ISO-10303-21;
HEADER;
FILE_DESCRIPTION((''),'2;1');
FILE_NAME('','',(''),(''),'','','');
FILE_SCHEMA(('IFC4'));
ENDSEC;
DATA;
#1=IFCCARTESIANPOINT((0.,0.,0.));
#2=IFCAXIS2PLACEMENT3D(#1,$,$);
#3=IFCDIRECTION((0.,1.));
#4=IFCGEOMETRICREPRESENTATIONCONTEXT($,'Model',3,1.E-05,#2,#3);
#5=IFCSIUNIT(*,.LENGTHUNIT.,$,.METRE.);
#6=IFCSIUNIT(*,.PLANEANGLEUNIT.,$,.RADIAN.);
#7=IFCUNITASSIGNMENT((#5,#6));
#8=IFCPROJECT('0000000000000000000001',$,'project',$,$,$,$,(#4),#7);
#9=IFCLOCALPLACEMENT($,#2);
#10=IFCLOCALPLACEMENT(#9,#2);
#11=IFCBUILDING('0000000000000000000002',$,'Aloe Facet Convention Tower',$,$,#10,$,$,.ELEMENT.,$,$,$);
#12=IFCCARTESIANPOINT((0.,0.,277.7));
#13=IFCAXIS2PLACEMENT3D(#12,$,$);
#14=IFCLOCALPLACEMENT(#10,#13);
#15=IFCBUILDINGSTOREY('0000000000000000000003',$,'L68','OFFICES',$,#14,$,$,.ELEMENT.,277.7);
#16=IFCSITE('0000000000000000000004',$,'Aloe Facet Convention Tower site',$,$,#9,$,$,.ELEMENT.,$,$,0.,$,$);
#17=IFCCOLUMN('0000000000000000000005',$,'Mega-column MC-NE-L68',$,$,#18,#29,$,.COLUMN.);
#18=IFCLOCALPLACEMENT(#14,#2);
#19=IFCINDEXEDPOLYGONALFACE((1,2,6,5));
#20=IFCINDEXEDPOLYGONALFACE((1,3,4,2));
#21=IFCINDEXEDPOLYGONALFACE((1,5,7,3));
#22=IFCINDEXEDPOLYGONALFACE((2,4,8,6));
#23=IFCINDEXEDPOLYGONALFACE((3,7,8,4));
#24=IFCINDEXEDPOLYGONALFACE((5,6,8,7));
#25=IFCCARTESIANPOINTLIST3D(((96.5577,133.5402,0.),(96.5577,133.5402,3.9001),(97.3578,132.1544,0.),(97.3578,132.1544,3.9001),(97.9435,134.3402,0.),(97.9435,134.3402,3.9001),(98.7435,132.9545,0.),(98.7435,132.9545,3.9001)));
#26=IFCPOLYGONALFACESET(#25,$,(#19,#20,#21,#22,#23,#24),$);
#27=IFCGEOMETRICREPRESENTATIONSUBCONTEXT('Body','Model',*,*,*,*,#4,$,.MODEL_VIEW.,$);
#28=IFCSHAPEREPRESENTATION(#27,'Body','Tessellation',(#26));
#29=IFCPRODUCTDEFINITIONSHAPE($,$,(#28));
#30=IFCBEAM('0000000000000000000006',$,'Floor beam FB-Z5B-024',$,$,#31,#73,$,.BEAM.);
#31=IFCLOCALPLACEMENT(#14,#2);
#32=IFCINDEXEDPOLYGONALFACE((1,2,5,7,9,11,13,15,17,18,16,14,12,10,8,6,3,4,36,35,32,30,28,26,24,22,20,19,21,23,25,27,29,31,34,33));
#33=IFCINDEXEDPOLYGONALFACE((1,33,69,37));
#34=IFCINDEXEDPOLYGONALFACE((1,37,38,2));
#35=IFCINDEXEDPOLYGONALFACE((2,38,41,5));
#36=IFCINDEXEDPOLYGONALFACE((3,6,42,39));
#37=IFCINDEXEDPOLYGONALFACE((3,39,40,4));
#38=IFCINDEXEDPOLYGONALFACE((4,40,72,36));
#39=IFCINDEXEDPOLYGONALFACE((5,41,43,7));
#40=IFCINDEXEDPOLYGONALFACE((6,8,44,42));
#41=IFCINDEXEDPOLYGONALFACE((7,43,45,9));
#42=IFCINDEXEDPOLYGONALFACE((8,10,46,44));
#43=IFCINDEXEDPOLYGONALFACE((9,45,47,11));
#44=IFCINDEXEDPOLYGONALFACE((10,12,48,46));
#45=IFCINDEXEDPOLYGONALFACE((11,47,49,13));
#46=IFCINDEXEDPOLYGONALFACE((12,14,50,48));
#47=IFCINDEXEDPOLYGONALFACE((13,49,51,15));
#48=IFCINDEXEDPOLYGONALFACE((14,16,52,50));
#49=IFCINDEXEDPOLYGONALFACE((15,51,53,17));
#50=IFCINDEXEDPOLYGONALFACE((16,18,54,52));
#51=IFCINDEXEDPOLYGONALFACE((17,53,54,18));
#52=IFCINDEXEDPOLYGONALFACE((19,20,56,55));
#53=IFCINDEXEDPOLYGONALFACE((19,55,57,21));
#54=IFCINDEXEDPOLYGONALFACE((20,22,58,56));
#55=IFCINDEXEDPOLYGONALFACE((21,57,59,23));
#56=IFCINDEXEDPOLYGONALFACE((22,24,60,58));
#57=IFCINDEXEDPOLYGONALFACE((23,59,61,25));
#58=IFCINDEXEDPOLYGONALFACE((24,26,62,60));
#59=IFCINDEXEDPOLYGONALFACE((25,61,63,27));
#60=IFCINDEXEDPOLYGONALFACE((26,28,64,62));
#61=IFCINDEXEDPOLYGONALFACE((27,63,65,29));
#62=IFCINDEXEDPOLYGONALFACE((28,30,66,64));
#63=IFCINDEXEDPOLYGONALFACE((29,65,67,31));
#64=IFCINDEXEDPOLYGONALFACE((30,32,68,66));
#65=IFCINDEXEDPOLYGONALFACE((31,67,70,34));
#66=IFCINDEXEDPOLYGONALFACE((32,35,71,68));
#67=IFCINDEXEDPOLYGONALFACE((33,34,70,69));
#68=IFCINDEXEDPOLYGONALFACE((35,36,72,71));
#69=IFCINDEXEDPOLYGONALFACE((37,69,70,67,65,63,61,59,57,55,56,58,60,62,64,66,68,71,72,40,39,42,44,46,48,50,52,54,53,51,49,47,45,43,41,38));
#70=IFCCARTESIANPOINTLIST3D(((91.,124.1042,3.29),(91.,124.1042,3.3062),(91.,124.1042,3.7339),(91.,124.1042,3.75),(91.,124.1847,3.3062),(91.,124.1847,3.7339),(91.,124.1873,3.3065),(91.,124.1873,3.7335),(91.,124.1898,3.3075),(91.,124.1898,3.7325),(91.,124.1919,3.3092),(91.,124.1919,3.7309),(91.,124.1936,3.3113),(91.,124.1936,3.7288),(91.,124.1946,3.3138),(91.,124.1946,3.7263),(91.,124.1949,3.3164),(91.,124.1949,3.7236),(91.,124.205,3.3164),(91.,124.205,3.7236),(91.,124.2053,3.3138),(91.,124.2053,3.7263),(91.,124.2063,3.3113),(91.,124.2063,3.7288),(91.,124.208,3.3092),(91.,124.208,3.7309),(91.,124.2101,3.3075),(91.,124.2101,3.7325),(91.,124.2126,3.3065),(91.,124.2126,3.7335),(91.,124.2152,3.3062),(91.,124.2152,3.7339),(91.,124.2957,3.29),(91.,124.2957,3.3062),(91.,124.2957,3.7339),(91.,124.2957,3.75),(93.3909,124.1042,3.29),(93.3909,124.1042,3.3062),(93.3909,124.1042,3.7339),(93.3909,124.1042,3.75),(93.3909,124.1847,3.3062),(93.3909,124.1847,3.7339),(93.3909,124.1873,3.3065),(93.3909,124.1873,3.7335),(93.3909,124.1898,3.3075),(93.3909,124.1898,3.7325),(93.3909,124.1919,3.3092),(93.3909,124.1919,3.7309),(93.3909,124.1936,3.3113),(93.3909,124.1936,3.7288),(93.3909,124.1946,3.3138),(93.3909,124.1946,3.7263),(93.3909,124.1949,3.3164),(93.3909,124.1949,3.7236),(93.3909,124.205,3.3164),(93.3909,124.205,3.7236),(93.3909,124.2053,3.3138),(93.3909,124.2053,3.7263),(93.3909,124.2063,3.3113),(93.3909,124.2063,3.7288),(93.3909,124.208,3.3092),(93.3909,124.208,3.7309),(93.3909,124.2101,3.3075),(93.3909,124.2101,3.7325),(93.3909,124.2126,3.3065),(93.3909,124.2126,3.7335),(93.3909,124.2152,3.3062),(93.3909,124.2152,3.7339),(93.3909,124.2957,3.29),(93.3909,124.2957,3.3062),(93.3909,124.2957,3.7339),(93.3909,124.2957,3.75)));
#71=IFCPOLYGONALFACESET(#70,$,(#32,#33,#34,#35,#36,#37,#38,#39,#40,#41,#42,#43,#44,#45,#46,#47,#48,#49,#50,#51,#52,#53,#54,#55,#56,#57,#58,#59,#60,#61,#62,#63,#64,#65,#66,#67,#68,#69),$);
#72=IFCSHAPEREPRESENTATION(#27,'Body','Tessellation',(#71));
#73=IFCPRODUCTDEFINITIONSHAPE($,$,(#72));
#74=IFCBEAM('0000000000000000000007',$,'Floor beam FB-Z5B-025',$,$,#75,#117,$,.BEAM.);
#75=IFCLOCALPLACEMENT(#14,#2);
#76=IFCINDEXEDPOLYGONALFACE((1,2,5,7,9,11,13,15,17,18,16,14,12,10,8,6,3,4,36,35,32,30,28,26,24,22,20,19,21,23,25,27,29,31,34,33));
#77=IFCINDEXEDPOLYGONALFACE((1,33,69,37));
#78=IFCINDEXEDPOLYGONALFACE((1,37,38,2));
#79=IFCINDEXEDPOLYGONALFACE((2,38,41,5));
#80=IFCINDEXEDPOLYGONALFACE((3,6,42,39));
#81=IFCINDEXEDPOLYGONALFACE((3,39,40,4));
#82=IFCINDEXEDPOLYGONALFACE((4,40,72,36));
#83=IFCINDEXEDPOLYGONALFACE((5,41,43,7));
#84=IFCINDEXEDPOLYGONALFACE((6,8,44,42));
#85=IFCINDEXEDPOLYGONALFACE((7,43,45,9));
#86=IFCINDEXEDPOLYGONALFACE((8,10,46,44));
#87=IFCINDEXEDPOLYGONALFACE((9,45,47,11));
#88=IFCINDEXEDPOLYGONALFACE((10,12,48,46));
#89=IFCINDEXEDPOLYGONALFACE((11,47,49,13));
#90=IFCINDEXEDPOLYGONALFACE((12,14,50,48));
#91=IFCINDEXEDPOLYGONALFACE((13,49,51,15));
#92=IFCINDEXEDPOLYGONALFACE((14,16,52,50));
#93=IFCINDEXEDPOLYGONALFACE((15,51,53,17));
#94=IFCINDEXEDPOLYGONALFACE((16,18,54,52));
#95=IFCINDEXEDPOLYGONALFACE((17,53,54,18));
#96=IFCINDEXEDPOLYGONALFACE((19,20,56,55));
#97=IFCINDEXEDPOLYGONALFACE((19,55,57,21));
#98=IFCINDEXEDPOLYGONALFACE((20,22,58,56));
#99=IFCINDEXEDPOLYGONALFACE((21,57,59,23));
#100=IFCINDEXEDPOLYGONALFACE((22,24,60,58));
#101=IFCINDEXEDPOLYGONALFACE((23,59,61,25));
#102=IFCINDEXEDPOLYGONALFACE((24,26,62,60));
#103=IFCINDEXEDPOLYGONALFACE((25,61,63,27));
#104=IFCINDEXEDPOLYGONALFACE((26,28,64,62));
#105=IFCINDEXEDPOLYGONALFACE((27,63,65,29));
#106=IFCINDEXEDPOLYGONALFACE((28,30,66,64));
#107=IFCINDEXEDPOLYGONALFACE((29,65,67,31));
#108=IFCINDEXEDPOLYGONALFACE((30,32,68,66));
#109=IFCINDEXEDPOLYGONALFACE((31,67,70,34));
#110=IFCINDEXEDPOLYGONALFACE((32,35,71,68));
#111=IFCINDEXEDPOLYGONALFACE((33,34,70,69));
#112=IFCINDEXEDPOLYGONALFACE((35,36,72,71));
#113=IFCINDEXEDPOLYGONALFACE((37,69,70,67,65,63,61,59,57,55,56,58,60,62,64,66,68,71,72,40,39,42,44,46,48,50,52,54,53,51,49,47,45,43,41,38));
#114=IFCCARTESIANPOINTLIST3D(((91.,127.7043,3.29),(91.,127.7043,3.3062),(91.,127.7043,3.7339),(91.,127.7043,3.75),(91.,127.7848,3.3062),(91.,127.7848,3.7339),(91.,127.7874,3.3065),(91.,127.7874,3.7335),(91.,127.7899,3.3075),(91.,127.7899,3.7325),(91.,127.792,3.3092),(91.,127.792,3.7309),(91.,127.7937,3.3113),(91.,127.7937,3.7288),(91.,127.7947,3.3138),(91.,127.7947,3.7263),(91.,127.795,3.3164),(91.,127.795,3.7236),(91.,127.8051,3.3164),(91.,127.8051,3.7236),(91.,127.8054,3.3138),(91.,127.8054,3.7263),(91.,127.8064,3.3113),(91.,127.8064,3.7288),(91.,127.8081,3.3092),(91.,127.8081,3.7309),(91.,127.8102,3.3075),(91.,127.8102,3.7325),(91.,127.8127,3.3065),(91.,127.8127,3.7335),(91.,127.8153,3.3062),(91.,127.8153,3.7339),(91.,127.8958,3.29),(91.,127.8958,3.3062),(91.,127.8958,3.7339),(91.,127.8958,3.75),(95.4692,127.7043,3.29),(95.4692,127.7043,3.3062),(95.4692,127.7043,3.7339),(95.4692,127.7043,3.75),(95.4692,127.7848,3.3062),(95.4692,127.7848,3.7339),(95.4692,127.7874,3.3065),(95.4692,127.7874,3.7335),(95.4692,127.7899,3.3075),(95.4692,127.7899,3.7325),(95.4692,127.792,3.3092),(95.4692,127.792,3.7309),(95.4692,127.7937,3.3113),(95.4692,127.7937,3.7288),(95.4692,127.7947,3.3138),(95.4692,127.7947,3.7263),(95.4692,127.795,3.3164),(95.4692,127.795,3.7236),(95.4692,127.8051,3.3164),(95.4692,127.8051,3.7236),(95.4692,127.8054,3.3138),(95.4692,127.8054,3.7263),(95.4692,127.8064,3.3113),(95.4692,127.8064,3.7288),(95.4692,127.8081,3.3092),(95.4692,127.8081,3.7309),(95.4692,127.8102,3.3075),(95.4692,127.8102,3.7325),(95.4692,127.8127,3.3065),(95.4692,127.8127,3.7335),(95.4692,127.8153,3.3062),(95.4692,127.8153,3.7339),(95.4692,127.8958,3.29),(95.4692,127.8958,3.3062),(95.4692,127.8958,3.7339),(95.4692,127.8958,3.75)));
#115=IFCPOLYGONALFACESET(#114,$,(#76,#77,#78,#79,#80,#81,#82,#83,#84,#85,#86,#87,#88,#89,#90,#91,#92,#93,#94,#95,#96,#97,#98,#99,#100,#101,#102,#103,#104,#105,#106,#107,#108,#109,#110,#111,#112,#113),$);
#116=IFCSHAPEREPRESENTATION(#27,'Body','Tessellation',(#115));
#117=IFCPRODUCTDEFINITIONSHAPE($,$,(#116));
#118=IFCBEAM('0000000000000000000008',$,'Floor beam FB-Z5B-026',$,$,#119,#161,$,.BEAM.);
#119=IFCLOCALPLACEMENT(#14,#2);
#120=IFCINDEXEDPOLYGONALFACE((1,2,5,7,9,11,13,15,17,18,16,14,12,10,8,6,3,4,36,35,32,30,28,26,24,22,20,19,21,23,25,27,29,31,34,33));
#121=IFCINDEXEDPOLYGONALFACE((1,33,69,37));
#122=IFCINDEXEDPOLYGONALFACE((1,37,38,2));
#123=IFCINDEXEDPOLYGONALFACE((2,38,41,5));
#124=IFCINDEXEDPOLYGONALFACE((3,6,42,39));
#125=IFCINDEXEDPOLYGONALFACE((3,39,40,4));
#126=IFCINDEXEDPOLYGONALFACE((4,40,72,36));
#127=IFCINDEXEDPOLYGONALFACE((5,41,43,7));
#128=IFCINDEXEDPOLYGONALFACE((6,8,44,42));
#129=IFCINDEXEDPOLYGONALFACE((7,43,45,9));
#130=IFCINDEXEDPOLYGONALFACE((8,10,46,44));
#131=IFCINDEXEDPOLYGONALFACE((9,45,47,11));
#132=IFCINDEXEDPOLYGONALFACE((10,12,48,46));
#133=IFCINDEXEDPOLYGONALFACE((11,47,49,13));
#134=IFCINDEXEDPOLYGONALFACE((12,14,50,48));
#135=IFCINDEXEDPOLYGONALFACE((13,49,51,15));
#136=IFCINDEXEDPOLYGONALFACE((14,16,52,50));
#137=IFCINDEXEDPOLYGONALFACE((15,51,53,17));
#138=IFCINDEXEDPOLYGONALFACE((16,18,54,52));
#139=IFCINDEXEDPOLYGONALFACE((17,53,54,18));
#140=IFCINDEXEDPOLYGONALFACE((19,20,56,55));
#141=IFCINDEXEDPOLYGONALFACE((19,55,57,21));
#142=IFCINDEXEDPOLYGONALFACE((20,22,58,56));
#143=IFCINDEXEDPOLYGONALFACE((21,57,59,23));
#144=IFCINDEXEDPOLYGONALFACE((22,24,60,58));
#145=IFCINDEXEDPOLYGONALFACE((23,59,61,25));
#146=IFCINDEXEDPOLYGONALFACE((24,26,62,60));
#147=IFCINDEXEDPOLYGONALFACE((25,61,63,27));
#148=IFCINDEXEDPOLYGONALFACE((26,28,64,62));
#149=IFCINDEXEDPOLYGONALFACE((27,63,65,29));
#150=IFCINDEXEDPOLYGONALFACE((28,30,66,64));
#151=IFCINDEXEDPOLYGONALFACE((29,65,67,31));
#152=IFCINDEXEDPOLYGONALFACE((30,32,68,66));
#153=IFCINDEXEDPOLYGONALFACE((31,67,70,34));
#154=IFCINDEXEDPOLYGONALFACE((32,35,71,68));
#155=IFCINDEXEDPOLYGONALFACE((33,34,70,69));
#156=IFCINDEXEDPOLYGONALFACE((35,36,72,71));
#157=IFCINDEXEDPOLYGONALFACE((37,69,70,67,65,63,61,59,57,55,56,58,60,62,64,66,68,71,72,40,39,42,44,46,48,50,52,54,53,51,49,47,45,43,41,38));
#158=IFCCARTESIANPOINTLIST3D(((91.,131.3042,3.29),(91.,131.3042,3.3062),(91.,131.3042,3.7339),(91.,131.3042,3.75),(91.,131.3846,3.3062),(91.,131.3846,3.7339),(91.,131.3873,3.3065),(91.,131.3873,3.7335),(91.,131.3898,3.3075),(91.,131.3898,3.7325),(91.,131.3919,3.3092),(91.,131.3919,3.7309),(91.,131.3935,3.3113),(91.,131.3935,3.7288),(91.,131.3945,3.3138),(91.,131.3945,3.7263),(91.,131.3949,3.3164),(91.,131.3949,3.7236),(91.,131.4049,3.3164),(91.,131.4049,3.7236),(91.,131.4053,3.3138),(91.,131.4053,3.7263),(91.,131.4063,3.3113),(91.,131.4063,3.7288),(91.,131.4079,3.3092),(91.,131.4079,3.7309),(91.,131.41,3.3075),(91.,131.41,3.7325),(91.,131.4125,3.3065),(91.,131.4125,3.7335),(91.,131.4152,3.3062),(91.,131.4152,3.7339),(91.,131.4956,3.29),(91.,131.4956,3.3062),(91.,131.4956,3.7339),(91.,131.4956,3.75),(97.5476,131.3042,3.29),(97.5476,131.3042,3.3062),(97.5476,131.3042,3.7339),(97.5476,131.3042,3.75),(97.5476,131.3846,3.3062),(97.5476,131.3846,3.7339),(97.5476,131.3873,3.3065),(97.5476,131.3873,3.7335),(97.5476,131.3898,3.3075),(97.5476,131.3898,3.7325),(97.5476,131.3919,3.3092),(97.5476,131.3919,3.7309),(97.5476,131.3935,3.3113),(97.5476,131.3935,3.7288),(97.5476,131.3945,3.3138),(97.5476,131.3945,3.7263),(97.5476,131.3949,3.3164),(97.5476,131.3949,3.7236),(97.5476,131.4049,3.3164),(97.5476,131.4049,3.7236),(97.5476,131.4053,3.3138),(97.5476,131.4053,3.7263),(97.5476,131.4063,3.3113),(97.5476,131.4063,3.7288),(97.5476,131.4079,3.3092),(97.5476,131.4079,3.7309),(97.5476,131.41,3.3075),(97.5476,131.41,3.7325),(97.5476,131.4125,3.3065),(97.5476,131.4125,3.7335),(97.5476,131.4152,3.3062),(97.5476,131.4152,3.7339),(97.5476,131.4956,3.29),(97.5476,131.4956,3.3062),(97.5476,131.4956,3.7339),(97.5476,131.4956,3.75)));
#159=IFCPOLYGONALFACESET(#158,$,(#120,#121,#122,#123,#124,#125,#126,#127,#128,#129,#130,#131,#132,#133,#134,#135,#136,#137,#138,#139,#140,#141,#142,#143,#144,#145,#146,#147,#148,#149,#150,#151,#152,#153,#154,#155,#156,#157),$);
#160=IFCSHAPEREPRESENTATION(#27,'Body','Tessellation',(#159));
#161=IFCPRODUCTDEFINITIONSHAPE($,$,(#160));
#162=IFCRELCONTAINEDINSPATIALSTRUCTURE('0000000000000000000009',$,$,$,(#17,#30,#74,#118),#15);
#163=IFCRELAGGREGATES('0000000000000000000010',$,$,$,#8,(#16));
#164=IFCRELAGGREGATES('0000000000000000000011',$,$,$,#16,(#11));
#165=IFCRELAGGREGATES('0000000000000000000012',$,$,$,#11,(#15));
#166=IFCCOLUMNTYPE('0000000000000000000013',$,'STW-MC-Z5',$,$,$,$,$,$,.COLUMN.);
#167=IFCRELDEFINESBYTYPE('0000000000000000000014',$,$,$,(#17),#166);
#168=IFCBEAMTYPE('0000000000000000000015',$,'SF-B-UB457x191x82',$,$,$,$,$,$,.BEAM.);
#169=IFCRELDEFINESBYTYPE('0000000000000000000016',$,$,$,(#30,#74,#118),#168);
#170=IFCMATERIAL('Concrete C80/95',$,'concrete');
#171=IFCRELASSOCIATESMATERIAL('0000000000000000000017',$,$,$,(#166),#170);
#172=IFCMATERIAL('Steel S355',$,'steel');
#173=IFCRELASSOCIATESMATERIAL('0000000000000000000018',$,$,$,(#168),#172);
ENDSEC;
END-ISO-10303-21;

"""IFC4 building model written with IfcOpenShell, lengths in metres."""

from ifc_helpers import new_model, si_unit, direction, frame, origin, origin_2d, place, context, subcontext, project, spatial, rectangle, i_section, extrude, material, material_profile, profile_set, type_object, element, save


model = new_model("IFC4")

# Units and contexts
model_context = context("Model", 3, precision=1e-05, world=origin(), true_north=direction((0.0, 1.0)))
body_context = subcontext(model_context, "Body", "Model", "MODEL_VIEW")
ifc_project = project(units=[si_unit("LENGTHUNIT", "METRE"), si_unit("PLANEANGLEUNIT", "RADIAN")], contexts=[model_context])

# Site, building, storey
site_placement = place(None, origin())
site = spatial("IfcSite", under=ifc_project, at=site_placement, Name="Aloe Facet Convention Tower site", CompositionType="ELEMENT", RefElevation=0.0)
building_placement = place(site_placement, origin())
building = spatial("IfcBuilding", under=site, at=building_placement, Name="Aloe Facet Convention Tower", CompositionType="ELEMENT")
storey_placement = place(building_placement, frame((0.0, 0.0, 277.7)))
storey = spatial("IfcBuildingStorey", under=building, at=storey_placement, Name="L68", Description="OFFICES", CompositionType="ELEMENT", Elevation=277.7)

# Column
ifc_material_1 = material(Name="Concrete C80/95", Category="concrete")
ifc_material_profile_1 = material_profile(ifc_material_1, rectangle(XDim=1.6001, YDim=1.6001, at=origin_2d()), Name="STW-MC-Z5")
ifc_profile_set_1 = profile_set([ifc_material_profile_1], Name="Concrete C80/95")
column_type = type_object("IfcColumnType", Name="STW-MC-Z5", PredefinedType="COLUMN", material=ifc_profile_set_1)
column_placement = place(storey_placement, frame((97.6506, 133.2473, 0.0), z_axis=(0.0, 0.0, 1.0), x_axis=(-0.5, 0.866025, 0.0)))
element("IfcColumn", 1, at=column_placement, inside=storey, type_object=column_type, Name="Mega-column MC-NE-L68", PredefinedType="COLUMN", context=body_context, shape_type="SweptSolid", body=[
    extrude(rectangle(XDim=1.6001, YDim=1.6001, at=origin_2d()), origin(), (0.0, 0.0, 1.0), 3.9001),
])

# Beams
ifc_material_2 = material(Name="Steel S355", Category="steel")
ifc_material_profile_2 = material_profile(ifc_material_2, i_section(OverallWidth=0.1914, OverallDepth=0.46, WebThickness=0.01, FlangeThickness=0.0161, FilletRadius=0.0103, at=origin_2d()), Name="UB 457x191x82")
ifc_profile_set_2 = profile_set([ifc_material_profile_2], Name="Steel S355")
beam_type_1 = type_object("IfcBeamType", Name="SF-B-UB457x191x82", PredefinedType="BEAM", material=ifc_profile_set_2)
beam_1_placement = place(storey_placement, frame((91.0, 124.2, 3.52), z_axis=(1.0, 0.0, 0.0), x_axis=(0.0, 1.0, 0.0)))
element("IfcBeam", 2, at=beam_1_placement, inside=storey, type_object=beam_type_1, Name="Floor beam FB-Z5B-024", PredefinedType="BEAM", context=body_context, shape_type="SweptSolid", body=[
    extrude(i_section(OverallWidth=0.1914, OverallDepth=0.46, WebThickness=0.01, FlangeThickness=0.0161, FilletRadius=0.0103, at=origin_2d()), origin(), (0.0, 0.0, 1.0), 2.3909),
])
beam_2_placement = place(storey_placement, frame((91.0, 127.8, 3.52), z_axis=(1.0, 0.0, 0.0), x_axis=(0.0, 1.0, 0.0)))
element("IfcBeam", 3, at=beam_2_placement, inside=storey, type_object=beam_type_1, Name="Floor beam FB-Z5B-025", PredefinedType="BEAM", context=body_context, shape_type="SweptSolid", body=[
    extrude(i_section(OverallWidth=0.1914, OverallDepth=0.46, WebThickness=0.01, FlangeThickness=0.0161, FilletRadius=0.0103, at=origin_2d()), origin(), (0.0, 0.0, 1.0), 4.4692),
])
beam_3_placement = place(storey_placement, frame((91.0, 131.3999, 3.52), z_axis=(1.0, 0.0, 0.0), x_axis=(0.0, 1.0, 0.0)))
element("IfcBeam", 4, at=beam_3_placement, inside=storey, type_object=beam_type_1, Name="Floor beam FB-Z5B-026", PredefinedType="BEAM", context=body_context, shape_type="SweptSolid", body=[
    extrude(i_section(OverallWidth=0.1914, OverallDepth=0.46, WebThickness=0.01, FlangeThickness=0.0161, FilletRadius=0.0103, at=origin_2d()), origin(), (0.0, 0.0, 1.0), 6.5476),
])

save(model, "model.ifc")
